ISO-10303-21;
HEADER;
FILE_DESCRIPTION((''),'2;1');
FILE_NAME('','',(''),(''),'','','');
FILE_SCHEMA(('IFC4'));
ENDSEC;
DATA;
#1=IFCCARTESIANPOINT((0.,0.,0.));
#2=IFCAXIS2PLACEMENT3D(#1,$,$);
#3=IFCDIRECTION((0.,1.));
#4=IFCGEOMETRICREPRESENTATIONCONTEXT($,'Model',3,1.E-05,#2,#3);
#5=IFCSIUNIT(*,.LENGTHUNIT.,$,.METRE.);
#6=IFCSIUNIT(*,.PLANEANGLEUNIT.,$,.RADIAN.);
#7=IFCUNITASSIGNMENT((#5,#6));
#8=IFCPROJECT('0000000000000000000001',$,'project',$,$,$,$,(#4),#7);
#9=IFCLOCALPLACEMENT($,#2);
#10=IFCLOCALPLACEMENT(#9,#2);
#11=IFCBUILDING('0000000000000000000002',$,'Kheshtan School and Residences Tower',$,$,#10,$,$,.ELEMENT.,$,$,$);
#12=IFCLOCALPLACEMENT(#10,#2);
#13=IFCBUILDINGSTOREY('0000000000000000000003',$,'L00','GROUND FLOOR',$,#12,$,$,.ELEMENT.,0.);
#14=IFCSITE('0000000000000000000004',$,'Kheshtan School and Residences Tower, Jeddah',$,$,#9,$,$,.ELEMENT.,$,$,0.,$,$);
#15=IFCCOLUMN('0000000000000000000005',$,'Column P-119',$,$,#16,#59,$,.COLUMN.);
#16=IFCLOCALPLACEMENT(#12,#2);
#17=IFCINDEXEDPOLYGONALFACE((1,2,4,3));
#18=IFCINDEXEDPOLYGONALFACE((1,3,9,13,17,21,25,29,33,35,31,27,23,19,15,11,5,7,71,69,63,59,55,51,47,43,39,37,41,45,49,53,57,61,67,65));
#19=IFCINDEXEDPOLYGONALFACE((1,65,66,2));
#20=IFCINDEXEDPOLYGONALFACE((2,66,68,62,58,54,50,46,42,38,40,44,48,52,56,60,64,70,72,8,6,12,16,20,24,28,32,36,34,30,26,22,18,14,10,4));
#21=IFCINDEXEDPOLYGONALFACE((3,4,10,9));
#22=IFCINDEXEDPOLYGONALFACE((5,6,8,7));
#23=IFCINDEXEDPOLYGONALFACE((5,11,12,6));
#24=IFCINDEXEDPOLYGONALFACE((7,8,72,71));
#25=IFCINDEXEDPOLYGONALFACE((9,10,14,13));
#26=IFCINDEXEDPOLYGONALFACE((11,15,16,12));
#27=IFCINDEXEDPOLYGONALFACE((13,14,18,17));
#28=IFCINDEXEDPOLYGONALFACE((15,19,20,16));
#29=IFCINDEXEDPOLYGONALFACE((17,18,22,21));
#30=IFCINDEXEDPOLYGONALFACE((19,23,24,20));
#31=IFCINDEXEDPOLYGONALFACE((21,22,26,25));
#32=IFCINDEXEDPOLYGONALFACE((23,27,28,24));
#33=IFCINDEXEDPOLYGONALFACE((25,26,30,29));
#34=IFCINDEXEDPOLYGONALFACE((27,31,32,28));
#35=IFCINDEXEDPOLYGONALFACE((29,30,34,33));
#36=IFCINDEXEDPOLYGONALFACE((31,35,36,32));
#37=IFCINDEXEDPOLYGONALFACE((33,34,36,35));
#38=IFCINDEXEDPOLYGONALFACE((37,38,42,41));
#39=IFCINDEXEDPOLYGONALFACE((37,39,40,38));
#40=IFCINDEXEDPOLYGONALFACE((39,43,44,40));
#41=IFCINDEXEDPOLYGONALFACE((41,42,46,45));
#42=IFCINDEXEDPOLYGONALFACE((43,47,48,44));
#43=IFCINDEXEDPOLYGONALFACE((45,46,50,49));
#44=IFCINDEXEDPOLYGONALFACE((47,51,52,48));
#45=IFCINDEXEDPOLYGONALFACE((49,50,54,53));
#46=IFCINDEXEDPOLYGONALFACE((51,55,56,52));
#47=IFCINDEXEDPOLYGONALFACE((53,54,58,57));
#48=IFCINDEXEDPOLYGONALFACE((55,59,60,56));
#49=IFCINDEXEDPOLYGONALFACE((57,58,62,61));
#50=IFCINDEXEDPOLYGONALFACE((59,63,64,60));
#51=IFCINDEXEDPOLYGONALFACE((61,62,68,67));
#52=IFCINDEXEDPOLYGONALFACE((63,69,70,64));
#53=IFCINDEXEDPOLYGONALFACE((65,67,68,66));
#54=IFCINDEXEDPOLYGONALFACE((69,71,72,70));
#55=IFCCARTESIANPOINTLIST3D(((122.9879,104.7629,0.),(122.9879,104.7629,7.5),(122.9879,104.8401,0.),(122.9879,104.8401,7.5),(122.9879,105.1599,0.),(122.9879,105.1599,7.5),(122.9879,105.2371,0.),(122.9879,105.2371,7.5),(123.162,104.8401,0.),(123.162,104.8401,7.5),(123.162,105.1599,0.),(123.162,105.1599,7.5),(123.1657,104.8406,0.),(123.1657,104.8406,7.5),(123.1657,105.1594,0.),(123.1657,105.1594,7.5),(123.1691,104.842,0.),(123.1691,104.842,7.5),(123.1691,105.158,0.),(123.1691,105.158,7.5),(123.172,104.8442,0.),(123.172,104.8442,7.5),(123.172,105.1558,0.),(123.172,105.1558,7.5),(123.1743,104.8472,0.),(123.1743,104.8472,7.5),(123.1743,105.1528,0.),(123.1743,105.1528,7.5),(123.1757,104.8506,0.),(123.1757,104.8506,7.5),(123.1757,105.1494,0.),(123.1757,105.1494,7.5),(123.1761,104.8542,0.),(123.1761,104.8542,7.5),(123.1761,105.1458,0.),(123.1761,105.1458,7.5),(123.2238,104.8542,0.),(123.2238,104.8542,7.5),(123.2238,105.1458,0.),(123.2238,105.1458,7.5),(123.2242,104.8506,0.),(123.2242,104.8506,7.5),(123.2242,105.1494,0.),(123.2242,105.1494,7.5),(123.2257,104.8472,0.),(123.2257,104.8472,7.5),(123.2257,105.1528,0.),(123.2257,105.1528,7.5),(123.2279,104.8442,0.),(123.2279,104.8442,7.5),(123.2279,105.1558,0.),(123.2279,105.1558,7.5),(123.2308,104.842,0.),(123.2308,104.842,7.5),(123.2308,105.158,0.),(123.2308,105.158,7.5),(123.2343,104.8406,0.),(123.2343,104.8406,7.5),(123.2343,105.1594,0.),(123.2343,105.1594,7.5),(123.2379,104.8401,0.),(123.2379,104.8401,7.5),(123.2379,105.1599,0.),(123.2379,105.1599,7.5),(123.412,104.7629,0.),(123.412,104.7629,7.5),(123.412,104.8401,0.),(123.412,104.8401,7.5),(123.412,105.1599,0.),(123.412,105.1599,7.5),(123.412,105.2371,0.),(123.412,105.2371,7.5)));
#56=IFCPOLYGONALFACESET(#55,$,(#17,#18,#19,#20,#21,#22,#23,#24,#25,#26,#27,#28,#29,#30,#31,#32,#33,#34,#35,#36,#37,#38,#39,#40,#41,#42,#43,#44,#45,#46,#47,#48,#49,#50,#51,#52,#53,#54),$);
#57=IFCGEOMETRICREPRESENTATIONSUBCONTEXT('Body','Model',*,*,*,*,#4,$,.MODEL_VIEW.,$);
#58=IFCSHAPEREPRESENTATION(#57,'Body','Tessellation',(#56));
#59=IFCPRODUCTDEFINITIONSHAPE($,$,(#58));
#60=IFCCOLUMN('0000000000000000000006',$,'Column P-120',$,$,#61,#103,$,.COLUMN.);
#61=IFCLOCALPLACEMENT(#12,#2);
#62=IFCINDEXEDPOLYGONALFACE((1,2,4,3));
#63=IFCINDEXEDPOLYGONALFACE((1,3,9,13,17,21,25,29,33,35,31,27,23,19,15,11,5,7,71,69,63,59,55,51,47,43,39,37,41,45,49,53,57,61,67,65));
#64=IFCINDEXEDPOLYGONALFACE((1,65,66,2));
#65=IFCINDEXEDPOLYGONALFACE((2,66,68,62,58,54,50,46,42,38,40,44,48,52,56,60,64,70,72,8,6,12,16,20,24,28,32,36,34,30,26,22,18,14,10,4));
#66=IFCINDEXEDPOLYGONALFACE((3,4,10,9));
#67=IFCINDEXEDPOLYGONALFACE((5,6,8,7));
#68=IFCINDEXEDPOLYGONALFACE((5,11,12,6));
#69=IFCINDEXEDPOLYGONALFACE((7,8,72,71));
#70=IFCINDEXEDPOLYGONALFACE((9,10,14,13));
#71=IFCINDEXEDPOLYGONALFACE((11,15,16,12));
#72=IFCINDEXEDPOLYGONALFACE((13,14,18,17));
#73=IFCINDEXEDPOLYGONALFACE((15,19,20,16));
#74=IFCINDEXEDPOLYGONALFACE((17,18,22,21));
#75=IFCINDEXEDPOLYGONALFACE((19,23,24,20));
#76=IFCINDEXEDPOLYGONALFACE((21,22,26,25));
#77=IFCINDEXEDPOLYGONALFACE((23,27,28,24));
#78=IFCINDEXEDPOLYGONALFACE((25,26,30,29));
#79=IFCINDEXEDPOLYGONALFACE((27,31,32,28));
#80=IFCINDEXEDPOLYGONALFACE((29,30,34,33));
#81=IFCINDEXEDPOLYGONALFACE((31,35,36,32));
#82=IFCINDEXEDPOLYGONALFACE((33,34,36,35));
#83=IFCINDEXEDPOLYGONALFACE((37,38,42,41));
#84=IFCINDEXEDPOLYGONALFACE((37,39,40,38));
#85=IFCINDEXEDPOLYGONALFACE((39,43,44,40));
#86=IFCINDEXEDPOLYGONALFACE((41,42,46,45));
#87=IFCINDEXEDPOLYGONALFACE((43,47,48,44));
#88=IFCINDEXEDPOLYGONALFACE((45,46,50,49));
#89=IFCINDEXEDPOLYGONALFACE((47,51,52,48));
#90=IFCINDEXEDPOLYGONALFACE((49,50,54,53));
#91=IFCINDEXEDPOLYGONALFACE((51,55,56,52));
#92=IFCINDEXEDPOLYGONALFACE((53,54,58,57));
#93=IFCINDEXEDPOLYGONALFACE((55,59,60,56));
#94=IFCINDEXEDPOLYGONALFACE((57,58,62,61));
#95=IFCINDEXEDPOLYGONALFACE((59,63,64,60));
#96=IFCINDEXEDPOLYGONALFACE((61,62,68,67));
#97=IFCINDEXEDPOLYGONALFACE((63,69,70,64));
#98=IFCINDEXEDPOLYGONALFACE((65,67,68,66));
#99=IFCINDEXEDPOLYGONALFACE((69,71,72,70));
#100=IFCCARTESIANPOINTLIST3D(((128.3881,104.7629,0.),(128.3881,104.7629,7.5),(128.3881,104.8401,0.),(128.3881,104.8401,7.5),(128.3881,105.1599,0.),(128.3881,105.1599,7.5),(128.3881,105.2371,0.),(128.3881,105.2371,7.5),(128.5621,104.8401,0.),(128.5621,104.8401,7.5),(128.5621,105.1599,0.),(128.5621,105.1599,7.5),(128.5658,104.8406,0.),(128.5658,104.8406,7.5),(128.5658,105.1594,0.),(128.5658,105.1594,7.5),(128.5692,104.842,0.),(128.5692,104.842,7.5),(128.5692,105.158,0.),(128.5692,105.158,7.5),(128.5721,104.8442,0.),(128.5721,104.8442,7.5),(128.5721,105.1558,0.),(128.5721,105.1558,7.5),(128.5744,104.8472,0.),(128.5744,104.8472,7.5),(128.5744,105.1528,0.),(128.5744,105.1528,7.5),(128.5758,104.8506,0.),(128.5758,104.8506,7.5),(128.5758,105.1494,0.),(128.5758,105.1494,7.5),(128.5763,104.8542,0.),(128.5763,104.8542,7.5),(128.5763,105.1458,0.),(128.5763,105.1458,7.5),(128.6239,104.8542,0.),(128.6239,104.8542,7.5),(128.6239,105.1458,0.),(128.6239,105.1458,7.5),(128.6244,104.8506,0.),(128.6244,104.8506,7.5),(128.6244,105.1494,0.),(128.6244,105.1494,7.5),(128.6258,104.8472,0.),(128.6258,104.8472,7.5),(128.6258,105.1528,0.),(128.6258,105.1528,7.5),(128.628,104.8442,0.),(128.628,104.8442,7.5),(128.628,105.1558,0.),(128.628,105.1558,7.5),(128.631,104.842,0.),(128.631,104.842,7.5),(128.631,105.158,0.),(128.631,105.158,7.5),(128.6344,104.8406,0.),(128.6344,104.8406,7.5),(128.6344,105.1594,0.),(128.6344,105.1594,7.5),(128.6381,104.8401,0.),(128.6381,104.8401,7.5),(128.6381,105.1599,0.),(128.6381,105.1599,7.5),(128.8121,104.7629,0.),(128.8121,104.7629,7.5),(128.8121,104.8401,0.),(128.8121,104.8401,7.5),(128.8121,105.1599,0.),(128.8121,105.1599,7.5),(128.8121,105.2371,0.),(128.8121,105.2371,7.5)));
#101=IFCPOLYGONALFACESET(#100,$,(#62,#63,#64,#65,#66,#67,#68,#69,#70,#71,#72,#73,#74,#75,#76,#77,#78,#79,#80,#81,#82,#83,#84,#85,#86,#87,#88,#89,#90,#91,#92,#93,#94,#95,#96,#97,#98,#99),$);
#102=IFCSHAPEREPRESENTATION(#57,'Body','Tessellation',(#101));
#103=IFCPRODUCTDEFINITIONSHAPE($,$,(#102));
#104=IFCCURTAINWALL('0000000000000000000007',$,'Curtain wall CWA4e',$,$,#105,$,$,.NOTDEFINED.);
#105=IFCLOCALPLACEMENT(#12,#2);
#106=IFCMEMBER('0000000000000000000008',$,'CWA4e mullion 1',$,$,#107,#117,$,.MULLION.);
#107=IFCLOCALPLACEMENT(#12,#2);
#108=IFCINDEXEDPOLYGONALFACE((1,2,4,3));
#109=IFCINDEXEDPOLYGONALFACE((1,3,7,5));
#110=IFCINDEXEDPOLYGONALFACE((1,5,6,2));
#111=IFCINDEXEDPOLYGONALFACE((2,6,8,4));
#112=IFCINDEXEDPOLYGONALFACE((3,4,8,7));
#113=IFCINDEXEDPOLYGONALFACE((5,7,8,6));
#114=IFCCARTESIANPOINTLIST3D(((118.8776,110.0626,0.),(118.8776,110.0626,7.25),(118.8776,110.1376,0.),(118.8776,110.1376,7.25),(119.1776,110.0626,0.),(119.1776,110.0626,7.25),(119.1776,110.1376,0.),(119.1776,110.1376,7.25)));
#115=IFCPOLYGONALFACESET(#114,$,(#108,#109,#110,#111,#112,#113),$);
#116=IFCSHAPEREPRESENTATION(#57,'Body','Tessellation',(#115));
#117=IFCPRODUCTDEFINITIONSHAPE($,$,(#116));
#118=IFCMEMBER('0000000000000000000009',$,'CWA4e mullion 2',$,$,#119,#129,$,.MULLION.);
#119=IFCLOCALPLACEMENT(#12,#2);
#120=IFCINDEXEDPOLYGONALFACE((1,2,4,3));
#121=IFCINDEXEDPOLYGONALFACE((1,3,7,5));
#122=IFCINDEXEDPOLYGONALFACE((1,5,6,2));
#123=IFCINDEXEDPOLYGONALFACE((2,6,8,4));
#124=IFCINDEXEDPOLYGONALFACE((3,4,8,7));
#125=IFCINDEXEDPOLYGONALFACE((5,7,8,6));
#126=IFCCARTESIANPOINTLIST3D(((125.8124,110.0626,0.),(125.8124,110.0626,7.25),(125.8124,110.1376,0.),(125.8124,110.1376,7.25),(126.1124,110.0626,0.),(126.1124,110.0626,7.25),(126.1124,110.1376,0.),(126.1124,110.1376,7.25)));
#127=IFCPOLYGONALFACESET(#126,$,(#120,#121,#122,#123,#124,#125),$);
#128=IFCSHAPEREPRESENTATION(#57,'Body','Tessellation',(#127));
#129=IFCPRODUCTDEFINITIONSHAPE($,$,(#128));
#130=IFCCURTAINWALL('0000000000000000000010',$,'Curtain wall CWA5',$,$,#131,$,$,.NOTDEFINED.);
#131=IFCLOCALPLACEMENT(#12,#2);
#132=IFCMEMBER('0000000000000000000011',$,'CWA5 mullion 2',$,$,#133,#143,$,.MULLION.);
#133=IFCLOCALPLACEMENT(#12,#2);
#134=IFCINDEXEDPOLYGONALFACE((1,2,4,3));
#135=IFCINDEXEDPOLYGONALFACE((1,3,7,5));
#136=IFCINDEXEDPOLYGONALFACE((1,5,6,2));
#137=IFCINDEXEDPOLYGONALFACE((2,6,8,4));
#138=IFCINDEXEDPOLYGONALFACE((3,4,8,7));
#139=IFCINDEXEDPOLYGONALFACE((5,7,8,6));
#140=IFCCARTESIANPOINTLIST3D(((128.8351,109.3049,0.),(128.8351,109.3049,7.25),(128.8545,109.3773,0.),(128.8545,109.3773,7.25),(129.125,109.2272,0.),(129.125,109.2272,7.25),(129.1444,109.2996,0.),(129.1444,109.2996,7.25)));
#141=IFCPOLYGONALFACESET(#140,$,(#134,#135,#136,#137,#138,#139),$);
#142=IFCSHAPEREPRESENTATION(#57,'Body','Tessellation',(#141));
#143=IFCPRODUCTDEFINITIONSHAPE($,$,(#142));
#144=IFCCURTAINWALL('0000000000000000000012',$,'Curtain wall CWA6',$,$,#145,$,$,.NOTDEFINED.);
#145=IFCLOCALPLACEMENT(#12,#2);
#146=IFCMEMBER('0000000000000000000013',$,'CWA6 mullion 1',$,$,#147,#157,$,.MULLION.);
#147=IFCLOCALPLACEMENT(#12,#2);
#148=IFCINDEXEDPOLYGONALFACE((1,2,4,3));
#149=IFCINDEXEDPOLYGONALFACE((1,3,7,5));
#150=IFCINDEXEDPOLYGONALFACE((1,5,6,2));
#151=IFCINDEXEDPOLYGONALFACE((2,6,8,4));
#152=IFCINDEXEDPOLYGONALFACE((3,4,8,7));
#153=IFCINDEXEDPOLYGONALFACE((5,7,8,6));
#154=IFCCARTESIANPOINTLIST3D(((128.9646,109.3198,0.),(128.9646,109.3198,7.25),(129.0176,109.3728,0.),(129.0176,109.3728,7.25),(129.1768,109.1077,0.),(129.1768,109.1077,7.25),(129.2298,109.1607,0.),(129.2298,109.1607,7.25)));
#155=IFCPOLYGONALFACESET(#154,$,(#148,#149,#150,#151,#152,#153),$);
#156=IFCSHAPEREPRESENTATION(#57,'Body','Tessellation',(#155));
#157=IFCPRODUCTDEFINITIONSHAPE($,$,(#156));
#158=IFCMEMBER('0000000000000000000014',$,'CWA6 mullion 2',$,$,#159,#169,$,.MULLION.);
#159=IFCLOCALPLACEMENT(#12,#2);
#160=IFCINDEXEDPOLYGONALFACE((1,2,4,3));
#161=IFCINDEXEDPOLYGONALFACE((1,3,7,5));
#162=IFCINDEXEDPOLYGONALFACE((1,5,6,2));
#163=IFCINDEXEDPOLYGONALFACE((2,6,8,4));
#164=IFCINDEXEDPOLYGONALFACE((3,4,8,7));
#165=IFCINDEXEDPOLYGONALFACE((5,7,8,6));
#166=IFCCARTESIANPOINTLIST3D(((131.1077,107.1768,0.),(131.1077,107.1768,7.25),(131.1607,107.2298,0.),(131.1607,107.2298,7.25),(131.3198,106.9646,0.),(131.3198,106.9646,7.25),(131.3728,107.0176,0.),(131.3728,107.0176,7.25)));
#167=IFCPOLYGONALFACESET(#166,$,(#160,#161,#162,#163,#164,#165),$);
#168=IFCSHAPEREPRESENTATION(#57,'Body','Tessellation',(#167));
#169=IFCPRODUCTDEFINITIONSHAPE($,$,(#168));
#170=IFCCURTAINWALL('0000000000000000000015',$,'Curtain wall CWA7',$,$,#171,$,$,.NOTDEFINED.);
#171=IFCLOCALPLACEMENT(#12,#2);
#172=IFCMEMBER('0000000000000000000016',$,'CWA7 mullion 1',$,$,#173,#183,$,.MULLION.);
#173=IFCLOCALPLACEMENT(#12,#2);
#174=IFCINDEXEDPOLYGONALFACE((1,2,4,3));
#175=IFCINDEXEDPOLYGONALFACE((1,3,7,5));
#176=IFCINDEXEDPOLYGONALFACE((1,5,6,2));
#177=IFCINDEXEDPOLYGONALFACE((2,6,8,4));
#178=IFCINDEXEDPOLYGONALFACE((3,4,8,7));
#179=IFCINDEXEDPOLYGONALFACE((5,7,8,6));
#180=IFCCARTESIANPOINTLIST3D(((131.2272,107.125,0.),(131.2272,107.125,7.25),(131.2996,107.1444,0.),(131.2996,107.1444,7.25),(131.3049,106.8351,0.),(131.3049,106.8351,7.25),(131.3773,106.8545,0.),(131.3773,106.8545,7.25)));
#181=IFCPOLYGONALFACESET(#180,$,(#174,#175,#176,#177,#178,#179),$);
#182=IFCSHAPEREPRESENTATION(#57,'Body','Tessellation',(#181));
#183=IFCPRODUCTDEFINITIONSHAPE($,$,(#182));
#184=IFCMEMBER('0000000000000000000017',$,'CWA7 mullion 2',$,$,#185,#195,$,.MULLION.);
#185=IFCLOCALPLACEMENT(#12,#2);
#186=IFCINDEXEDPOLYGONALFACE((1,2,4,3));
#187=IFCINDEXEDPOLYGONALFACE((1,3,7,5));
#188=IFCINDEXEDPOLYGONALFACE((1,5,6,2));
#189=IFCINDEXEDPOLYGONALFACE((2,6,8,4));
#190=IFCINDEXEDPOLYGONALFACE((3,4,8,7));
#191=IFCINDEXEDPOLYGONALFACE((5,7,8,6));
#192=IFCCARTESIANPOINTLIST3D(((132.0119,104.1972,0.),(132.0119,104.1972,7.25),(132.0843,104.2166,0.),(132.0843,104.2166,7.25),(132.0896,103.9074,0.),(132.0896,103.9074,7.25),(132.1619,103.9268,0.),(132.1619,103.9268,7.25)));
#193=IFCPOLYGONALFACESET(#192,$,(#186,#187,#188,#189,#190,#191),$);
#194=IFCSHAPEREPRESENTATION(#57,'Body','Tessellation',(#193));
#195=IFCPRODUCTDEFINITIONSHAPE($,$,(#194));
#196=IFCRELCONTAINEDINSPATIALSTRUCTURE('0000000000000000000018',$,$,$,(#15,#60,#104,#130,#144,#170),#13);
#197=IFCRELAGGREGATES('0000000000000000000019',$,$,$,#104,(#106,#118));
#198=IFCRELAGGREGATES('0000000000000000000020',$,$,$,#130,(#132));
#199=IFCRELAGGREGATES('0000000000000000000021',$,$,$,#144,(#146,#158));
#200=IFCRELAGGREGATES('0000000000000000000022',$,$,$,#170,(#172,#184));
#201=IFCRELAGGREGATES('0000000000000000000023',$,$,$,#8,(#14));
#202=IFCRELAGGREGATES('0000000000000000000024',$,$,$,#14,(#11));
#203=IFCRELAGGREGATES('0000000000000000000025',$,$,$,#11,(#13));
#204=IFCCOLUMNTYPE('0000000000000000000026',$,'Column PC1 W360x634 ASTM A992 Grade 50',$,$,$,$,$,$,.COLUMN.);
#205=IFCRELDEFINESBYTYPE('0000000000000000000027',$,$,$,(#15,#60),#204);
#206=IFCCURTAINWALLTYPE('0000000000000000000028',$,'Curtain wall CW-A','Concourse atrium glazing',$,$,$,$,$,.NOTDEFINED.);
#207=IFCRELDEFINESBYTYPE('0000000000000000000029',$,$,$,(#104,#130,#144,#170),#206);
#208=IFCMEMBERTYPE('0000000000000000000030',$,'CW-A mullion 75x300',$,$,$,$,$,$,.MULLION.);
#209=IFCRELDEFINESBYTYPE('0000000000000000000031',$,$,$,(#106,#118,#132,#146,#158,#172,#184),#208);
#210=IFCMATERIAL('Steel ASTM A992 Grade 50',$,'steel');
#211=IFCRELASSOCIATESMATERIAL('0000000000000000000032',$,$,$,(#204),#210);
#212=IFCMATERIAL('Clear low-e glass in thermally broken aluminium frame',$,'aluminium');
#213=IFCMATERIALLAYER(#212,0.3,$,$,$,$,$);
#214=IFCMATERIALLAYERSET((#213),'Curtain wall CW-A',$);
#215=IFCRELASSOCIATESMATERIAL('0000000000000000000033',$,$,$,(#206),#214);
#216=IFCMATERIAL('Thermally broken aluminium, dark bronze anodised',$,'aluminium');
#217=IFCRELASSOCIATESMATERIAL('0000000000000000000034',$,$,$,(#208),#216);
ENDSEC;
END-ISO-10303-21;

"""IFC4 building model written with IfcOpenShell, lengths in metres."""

from ifc_helpers import new_model, si_unit, direction, frame, origin, origin_2d, place, context, subcontext, project, spatial, rectangle, i_section, extrude, material, layer, layer_set, material_profile, profile_set, type_object, element, aggregate, save


model = new_model("IFC4")

# Units and contexts
model_context = context("Model", 3, precision=1e-05, world=origin(), true_north=direction((0.0, 1.0)))
body_context = subcontext(model_context, "Body", "Model", "MODEL_VIEW")
ifc_project = project(units=[si_unit("LENGTHUNIT", "METRE"), si_unit("PLANEANGLEUNIT", "RADIAN")], contexts=[model_context])

# Site, building, storey
site_placement = place(None, origin())
site = spatial("IfcSite", under=ifc_project, at=site_placement, Name="Kheshtan School and Residences Tower, Jeddah", CompositionType="ELEMENT", RefElevation=0.0)
building_placement = place(site_placement, origin())
building = spatial("IfcBuilding", under=site, at=building_placement, Name="Kheshtan School and Residences Tower", CompositionType="ELEMENT")
storey_placement = place(building_placement, origin())
storey = spatial("IfcBuildingStorey", under=building, at=storey_placement, Name="L00", Description="GROUND FLOOR", CompositionType="ELEMENT", Elevation=0.0)

# Columns
ifc_material_1 = material(Name="Steel ASTM A992 Grade 50", Category="steel")
ifc_material_profile_1 = material_profile(ifc_material_1, i_section(OverallWidth=0.4241, OverallDepth=0.4741, WebThickness=0.0476, FlangeThickness=0.0771, FilletRadius=0.0142, at=origin_2d()), Name="W360x634")
ifc_profile_set_1 = profile_set([ifc_material_profile_1], Name="Steel ASTM A992 Grade 50")
column_type = type_object("IfcColumnType", Name="Column PC1 W360x634 ASTM A992 Grade 50", PredefinedType="COLUMN", material=ifc_profile_set_1)
for number, where, z_axis, x_axis, name in (
    (1, (123.2, 105.0, 0.0), (0.0, 0.0, 1.0), (1.0, 0.0, 0.0), "Column P-119"),
    (2, (128.6001, 105.0, 0.0), (0.0, 0.0, 1.0), (1.0, 0.0, 0.0), "Column P-120"),
):
    element("IfcColumn", number, at=place(storey_placement, frame(where, z_axis=z_axis, x_axis=x_axis)), inside=storey, type_object=column_type, Name=name, PredefinedType="COLUMN", context=body_context, shape_type="SweptSolid", body=[
        extrude(i_section(OverallWidth=0.4241, OverallDepth=0.4741, WebThickness=0.0476, FlangeThickness=0.0771, FilletRadius=0.0142, at=origin_2d()), origin(), (0.0, 0.0, 1.0), 7.5),
    ])

# Curtain wall, members
ifc_material_2 = material(Name="Clear low-e glass in thermally broken aluminium frame", Category="aluminium")
ifc_layer_1 = layer(ifc_material_2, 0.3)
ifc_layer_set_1 = layer_set([ifc_layer_1], Name="Curtain wall CW-A")
curtain_wall_type = type_object("IfcCurtainWallType", Name="Curtain wall CW-A", Description="Concourse atrium glazing", PredefinedType="NOTDEFINED", material=ifc_layer_set_1)
curtain_wall_1_placement = place(storey_placement, origin())
curtain_wall_1 = element("IfcCurtainWall", 3, at=curtain_wall_1_placement, inside=storey, type_object=curtain_wall_type, Name="Curtain wall CWA4e", PredefinedType="NOTDEFINED")
ifc_material_3 = material(Name="Thermally broken aluminium, dark bronze anodised", Category="aluminium")
ifc_material_profile_2 = material_profile(ifc_material_3, rectangle(XDim=0.075, YDim=0.3, at=origin_2d()), Name="CW-A mullion 75x300")
ifc_profile_set_2 = profile_set([ifc_material_profile_2], Name="Thermally broken aluminium, dark bronze anodised")
member_type_1 = type_object("IfcMemberType", Name="CW-A mullion 75x300", PredefinedType="MULLION", material=ifc_profile_set_2)
member_1_placement = place(storey_placement, frame((119.0276, 110.1001, 0.0), z_axis=(0.0, 0.0, 1.0), x_axis=(0.0, 1.0, 0.0)))
member_1 = element("IfcMember", 4, at=member_1_placement, type_object=member_type_1, Name="CWA4e mullion 1", PredefinedType="MULLION", context=body_context, shape_type="SweptSolid", body=[
    extrude(rectangle(XDim=0.075, YDim=0.3, at=origin_2d()), origin(), (0.0, 0.0, 1.0), 7.25),
])
member_2_placement = place(storey_placement, frame((125.9624, 110.1001, 0.0), z_axis=(0.0, 0.0, 1.0), x_axis=(0.0, 1.0, 0.0)))
member_2 = element("IfcMember", 5, at=member_2_placement, type_object=member_type_1, Name="CWA4e mullion 2", PredefinedType="MULLION", context=body_context, shape_type="SweptSolid", body=[
    extrude(rectangle(XDim=0.075, YDim=0.3, at=origin_2d()), origin(), (0.0, 0.0, 1.0), 7.25),
])

# Curtain wall, member
curtain_wall_2_placement = place(storey_placement, origin())
curtain_wall_2 = element("IfcCurtainWall", 6, at=curtain_wall_2_placement, inside=storey, type_object=curtain_wall_type, Name="Curtain wall CWA5", PredefinedType="NOTDEFINED")
member_3_placement = place(storey_placement, frame((128.9897, 109.3022, 0.0), z_axis=(0.0, 0.0, 1.0), x_axis=(0.258865, 0.965914, 0.0)))
member_3 = element("IfcMember", 7, at=member_3_placement, type_object=member_type_1, Name="CWA5 mullion 2", PredefinedType="MULLION", context=body_context, shape_type="SweptSolid", body=[
    extrude(rectangle(XDim=0.075, YDim=0.3, at=origin_2d()), origin(), (0.0, 0.0, 1.0), 7.25),
])

# Curtain walls, members
curtain_wall_3_placement = place(storey_placement, origin())
curtain_wall_3 = element("IfcCurtainWall", 8, at=curtain_wall_3_placement, inside=storey, type_object=curtain_wall_type, Name="Curtain wall CWA6", PredefinedType="NOTDEFINED")
member_4_placement = place(storey_placement, frame((129.0972, 109.2402, 0.0), z_axis=(0.0, 0.0, 1.0), x_axis=(0.707107, 0.707107, 0.0)))
member_4 = element("IfcMember", 9, at=member_4_placement, type_object=member_type_1, Name="CWA6 mullion 1", PredefinedType="MULLION", context=body_context, shape_type="SweptSolid", body=[
    extrude(rectangle(XDim=0.075, YDim=0.3, at=origin_2d()), origin(), (0.0, 0.0, 1.0), 7.25),
])
member_5_placement = place(storey_placement, frame((131.2402, 107.0972, 0.0), z_axis=(0.0, 0.0, 1.0), x_axis=(0.707107, 0.707107, 0.0)))
member_5 = element("IfcMember", 10, at=member_5_placement, type_object=member_type_1, Name="CWA6 mullion 2", PredefinedType="MULLION", context=body_context, shape_type="SweptSolid", body=[
    extrude(rectangle(XDim=0.075, YDim=0.3, at=origin_2d()), origin(), (0.0, 0.0, 1.0), 7.25),
])
curtain_wall_4_placement = place(storey_placement, origin())
curtain_wall_4 = element("IfcCurtainWall", 11, at=curtain_wall_4_placement, inside=storey, type_object=curtain_wall_type, Name="Curtain wall CWA7", PredefinedType="NOTDEFINED")
member_6_placement = place(storey_placement, frame((131.3022, 106.9897, 0.0), z_axis=(0.0, 0.0, 1.0), x_axis=(0.965914, 0.258865, 0.0)))
member_6 = element("IfcMember", 12, at=member_6_placement, type_object=member_type_1, Name="CWA7 mullion 1", PredefinedType="MULLION", context=body_context, shape_type="SweptSolid", body=[
    extrude(rectangle(XDim=0.075, YDim=0.3, at=origin_2d()), origin(), (0.0, 0.0, 1.0), 7.25),
])
member_7_placement = place(storey_placement, frame((132.0869, 104.062, 0.0), z_axis=(0.0, 0.0, 1.0), x_axis=(0.965914, 0.258865, 0.0)))
member_7 = element("IfcMember", 13, at=member_7_placement, type_object=member_type_1, Name="CWA7 mullion 2", PredefinedType="MULLION", context=body_context, shape_type="SweptSolid", body=[
    extrude(rectangle(XDim=0.075, YDim=0.3, at=origin_2d()), origin(), (0.0, 0.0, 1.0), 7.25),
])

aggregate(curtain_wall_1, [member_1, member_2])
aggregate(curtain_wall_2, [member_3])
aggregate(curtain_wall_3, [member_4, member_5])
aggregate(curtain_wall_4, [member_6, member_7])

save(model, "model.ifc")
